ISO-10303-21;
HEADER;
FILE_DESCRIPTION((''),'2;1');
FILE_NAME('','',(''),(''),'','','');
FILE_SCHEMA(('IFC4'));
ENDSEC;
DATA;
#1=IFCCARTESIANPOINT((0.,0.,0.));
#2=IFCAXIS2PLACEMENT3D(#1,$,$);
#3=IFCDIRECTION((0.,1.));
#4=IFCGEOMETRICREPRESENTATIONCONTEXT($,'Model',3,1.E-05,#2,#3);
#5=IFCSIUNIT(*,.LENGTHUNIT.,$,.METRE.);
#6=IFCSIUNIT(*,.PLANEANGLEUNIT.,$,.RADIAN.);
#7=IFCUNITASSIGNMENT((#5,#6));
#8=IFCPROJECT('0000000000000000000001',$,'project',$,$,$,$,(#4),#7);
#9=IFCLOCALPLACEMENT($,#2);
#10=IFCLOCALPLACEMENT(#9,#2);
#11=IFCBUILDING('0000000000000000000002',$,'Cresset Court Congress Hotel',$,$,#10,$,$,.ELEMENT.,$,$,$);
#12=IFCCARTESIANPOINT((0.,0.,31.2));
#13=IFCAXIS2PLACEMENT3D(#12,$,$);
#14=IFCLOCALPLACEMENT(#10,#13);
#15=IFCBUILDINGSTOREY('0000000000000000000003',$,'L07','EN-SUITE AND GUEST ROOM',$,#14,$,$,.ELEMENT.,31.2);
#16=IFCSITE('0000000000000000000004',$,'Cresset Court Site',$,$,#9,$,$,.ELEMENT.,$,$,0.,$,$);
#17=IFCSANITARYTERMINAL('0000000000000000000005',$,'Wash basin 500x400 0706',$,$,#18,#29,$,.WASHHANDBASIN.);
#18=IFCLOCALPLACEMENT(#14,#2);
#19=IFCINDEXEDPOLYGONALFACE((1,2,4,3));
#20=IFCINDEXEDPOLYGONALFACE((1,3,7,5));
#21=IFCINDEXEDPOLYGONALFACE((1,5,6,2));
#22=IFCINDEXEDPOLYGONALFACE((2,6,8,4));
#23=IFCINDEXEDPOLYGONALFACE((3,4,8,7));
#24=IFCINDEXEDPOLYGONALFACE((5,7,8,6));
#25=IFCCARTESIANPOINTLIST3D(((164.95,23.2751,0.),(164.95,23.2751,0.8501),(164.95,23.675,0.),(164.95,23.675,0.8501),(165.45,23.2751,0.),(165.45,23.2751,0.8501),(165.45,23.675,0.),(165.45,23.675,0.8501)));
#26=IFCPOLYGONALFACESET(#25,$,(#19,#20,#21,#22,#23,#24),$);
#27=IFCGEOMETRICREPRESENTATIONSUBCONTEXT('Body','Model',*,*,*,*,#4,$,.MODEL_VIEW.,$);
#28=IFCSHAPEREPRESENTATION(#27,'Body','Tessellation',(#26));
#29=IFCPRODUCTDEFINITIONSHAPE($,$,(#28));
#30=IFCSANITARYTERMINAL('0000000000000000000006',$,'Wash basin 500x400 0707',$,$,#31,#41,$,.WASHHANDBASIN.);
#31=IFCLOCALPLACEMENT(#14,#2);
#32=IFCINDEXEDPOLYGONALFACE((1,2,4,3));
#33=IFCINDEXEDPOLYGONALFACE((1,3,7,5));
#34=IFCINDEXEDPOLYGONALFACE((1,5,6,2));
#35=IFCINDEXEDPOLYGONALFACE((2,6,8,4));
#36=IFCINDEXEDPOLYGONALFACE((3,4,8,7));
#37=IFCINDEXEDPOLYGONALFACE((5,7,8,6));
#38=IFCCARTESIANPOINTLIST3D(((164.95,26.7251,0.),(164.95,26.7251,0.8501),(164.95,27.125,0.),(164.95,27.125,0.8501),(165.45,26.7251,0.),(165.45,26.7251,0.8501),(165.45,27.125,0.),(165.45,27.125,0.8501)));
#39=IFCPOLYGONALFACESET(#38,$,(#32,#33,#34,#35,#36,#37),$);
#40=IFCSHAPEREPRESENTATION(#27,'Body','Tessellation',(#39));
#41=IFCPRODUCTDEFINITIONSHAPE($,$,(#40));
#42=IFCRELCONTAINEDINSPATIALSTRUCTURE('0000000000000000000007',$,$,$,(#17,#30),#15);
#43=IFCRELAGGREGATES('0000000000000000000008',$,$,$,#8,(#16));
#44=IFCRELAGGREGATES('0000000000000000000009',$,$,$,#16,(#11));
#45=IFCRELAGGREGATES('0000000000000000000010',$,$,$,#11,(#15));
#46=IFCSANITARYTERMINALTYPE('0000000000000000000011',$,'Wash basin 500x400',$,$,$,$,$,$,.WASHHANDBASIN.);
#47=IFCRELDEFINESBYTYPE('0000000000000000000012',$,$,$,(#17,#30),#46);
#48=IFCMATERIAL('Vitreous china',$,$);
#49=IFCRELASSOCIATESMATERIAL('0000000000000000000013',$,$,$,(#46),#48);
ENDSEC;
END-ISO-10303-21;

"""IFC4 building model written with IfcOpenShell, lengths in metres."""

from ifc_helpers import new_model, si_unit, direction, frame, origin, origin_2d, place, context, subcontext, project, spatial, rectangle, extrude, material, type_object, element, save


model = new_model("IFC4")

# Units and contexts
model_context = context("Model", 3, precision=1e-05, world=origin(), true_north=direction((0.0, 1.0)))
body_context = subcontext(model_context, "Body", "Model", "MODEL_VIEW")
ifc_project = project(units=[si_unit("LENGTHUNIT", "METRE"), si_unit("PLANEANGLEUNIT", "RADIAN")], contexts=[model_context])

# Site, building, storey
site_placement = place(None, origin())
site = spatial("IfcSite", under=ifc_project, at=site_placement, Name="Cresset Court Site", CompositionType="ELEMENT", RefElevation=0.0)
building_placement = place(site_placement, origin())
building = spatial("IfcBuilding", under=site, at=building_placement, Name="Cresset Court Congress Hotel", CompositionType="ELEMENT")
storey_placement = place(building_placement, frame((0.0, 0.0, 31.2)))
storey = spatial("IfcBuildingStorey", under=building, at=storey_placement, Name="L07", Description="EN-SUITE AND GUEST ROOM", CompositionType="ELEMENT", Elevation=31.2)

# Sanitary terminals
ifc_material_1 = material(Name="Vitreous china")
sanitary_terminal_type_1 = type_object("IfcSanitaryTerminalType", Name="Wash basin 500x400", PredefinedType="WASHHANDBASIN", material=ifc_material_1)
for number, where, z_axis, x_axis, name in (
    (1, (165.2, 23.4751, 0.0), (0.0, 0.0, 1.0), (1.0, 0.0, 0.0), "Wash basin 500x400 0706"),
    (2, (165.2, 26.925, 0.0), (0.0, 0.0, 1.0), (1.0, 0.0, 0.0), "Wash basin 500x400 0707"),
):
    element("IfcSanitaryTerminal", number, at=place(storey_placement, frame(where, z_axis=z_axis, x_axis=x_axis)), inside=storey, type_object=sanitary_terminal_type_1, Name=name, PredefinedType="WASHHANDBASIN", context=body_context, shape_type="SweptSolid", body=[
        extrude(rectangle(XDim=0.5, YDim=0.3999, at=origin_2d()), origin(), (0.0, 0.0, 1.0), 0.8501),
    ])

save(model, "model.ifc")
